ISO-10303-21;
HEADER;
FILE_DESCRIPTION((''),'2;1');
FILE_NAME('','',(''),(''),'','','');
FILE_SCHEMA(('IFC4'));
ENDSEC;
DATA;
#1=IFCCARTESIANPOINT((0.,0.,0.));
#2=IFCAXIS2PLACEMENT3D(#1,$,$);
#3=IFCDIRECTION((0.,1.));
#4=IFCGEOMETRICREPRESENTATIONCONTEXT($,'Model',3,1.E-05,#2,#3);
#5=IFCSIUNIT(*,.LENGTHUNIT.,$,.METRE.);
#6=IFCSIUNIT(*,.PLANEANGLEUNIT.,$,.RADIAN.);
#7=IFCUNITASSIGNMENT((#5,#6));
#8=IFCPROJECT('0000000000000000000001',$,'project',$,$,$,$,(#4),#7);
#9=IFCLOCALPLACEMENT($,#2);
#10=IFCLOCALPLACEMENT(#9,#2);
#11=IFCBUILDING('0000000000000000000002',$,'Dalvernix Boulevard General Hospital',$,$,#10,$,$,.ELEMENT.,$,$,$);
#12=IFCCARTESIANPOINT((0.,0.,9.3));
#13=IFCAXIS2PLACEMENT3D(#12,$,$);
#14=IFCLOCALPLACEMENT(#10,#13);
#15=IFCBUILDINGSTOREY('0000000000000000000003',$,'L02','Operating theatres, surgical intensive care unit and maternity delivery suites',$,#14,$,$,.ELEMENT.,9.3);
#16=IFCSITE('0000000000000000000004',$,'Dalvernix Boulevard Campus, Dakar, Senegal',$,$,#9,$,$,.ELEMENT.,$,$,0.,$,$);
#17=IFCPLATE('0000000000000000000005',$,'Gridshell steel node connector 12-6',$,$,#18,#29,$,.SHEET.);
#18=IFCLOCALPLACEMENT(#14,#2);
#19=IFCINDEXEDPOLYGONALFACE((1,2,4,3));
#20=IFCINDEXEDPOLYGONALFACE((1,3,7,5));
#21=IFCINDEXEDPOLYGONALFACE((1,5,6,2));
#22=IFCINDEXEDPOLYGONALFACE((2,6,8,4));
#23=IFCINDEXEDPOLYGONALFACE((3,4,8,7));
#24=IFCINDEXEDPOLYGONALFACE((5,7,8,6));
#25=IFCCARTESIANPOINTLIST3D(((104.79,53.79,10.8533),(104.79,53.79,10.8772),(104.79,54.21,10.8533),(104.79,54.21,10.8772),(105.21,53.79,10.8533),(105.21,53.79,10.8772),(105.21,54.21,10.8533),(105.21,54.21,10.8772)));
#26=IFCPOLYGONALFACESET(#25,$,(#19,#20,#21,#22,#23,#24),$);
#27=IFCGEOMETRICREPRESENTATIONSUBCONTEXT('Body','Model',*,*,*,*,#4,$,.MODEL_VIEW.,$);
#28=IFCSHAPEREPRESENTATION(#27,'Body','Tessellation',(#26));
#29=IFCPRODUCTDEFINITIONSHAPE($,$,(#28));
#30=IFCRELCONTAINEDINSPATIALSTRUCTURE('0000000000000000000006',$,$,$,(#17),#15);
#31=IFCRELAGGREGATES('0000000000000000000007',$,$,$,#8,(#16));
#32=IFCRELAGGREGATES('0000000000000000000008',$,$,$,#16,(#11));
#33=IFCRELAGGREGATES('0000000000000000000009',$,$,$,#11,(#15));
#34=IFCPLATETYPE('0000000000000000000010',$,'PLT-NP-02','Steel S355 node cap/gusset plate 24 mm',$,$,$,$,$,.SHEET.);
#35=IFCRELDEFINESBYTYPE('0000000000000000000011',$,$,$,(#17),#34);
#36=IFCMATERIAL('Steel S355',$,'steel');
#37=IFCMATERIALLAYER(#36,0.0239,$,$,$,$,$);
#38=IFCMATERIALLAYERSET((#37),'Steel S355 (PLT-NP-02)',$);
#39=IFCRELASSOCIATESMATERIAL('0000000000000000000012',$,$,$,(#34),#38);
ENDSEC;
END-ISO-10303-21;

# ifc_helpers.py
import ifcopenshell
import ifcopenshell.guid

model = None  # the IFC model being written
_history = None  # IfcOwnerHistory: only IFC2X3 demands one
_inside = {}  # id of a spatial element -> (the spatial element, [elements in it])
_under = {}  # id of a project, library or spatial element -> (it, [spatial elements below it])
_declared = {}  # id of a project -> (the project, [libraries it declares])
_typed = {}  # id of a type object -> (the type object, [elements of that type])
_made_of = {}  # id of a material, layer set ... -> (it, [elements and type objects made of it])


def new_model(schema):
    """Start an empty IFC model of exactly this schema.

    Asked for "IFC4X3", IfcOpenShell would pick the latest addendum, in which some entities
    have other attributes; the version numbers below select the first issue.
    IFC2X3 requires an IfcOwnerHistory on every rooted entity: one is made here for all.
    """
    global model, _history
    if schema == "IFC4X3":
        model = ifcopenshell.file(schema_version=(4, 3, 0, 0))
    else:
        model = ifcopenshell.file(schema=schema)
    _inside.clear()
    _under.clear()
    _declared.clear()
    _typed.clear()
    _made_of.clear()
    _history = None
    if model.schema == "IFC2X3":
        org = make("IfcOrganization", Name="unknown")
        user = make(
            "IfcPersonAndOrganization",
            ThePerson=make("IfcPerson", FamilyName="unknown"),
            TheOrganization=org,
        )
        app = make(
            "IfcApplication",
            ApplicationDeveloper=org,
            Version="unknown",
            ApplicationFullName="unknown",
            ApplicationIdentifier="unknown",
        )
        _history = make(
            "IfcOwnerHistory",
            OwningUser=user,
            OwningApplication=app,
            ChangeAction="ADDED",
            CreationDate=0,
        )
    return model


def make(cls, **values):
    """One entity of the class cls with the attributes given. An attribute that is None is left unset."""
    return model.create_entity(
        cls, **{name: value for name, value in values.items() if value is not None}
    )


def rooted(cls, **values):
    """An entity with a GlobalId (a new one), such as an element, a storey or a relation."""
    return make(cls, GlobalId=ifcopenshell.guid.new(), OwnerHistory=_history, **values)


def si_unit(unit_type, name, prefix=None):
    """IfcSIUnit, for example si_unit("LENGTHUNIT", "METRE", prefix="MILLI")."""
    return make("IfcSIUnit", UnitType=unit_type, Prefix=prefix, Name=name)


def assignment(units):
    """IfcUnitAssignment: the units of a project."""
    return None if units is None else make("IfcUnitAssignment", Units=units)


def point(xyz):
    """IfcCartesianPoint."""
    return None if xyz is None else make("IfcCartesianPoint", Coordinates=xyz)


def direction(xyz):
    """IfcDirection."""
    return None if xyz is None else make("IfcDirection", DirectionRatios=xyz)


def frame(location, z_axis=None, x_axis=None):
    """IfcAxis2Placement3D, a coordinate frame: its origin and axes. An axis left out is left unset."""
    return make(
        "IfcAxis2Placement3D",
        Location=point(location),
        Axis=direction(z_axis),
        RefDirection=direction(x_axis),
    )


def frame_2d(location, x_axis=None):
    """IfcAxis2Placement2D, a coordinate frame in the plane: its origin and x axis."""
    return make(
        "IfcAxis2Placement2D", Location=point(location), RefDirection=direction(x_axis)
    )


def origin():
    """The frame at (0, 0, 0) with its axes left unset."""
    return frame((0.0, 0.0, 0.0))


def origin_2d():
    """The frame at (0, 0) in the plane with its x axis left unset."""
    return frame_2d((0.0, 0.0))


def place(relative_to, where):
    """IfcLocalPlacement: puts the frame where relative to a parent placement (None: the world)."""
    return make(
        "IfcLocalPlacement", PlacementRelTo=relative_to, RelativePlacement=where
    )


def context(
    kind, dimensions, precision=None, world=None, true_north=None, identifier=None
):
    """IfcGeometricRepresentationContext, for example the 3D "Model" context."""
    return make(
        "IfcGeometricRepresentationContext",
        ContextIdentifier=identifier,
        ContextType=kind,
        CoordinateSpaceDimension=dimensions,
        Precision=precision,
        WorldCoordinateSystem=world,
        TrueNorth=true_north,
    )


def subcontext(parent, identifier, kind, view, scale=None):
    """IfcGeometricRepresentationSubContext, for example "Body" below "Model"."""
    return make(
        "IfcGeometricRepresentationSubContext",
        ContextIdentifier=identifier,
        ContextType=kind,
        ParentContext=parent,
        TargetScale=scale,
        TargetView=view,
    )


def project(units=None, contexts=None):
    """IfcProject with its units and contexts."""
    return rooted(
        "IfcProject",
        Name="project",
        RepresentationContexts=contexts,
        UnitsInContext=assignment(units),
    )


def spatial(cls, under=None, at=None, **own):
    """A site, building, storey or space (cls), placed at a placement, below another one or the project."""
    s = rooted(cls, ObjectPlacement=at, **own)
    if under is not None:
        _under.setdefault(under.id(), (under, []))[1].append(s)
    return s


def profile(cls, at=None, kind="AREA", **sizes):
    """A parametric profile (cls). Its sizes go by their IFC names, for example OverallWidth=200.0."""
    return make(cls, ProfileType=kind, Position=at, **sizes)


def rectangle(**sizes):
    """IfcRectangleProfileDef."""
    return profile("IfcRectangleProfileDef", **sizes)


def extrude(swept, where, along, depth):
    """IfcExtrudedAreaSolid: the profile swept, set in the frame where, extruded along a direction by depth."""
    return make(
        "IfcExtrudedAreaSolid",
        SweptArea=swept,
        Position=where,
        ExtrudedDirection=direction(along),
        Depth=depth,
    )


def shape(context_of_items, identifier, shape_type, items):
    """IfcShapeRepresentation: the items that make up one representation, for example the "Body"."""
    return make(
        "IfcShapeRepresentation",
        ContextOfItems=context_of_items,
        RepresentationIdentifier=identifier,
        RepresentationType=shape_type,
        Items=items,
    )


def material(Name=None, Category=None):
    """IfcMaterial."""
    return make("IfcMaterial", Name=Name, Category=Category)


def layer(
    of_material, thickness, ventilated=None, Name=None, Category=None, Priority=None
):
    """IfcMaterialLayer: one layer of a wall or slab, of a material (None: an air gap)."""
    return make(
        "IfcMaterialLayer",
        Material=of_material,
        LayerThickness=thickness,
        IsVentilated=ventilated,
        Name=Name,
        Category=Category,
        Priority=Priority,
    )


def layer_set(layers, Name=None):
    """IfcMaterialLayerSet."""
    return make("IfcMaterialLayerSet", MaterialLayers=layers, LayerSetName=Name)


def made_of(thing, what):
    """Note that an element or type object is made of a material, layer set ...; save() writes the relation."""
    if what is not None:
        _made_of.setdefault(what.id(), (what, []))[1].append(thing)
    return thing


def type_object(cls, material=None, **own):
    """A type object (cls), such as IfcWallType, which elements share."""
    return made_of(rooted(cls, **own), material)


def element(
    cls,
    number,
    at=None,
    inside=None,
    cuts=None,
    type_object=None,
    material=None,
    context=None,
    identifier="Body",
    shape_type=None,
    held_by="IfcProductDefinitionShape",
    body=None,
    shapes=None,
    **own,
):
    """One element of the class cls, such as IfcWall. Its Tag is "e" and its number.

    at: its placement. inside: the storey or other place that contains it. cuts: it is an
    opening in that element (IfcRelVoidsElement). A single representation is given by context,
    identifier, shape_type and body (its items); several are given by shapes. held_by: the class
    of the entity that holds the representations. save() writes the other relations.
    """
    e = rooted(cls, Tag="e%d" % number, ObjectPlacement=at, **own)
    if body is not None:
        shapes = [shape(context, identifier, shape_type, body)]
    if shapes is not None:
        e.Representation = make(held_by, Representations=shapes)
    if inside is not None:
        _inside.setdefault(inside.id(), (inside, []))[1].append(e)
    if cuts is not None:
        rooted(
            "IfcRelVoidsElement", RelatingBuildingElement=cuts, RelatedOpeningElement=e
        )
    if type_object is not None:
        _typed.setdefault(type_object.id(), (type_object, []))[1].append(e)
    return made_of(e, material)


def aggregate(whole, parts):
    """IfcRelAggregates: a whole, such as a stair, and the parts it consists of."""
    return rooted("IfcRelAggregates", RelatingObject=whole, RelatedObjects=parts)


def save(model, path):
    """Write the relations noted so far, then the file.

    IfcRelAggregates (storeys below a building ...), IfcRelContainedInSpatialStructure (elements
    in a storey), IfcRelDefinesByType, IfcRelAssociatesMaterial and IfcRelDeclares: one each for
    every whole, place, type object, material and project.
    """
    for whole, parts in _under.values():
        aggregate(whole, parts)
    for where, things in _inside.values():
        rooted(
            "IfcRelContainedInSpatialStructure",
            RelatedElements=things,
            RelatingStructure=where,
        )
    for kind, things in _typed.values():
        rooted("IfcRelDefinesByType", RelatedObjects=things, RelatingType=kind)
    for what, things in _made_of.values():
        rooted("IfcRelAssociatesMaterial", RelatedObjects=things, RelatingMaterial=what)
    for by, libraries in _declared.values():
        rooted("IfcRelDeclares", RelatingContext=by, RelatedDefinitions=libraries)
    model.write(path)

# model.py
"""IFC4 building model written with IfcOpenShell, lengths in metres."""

from ifc_helpers import new_model, si_unit, direction, frame, origin, origin_2d, place, context, subcontext, project, spatial, rectangle, extrude, material, layer, layer_set, type_object, element, save


model = new_model("IFC4")

# Units and contexts
model_context = context("Model", 3, precision=1e-05, world=origin(), true_north=direction((0.0, 1.0)))
body_context = subcontext(model_context, "Body", "Model", "MODEL_VIEW")
ifc_project = project(units=[si_unit("LENGTHUNIT", "METRE"), si_unit("PLANEANGLEUNIT", "RADIAN")], contexts=[model_context])

# Site, building, storey
site_placement = place(None, origin())
site = spatial("IfcSite", under=ifc_project, at=site_placement, Name="Dalvernix Boulevard Campus, Dakar, Senegal", CompositionType="ELEMENT", RefElevation=0.0)
building_placement = place(site_placement, origin())
building = spatial("IfcBuilding", under=site, at=building_placement, Name="Dalvernix Boulevard General Hospital", CompositionType="ELEMENT")
storey_placement = place(building_placement, frame((0.0, 0.0, 9.3)))
storey = spatial("IfcBuildingStorey", under=building, at=storey_placement, Name="L02", Description="Operating theatres, surgical intensive care unit and maternity delivery suites", CompositionType="ELEMENT", Elevation=9.3)

# Shared definitions
ifc_material_1 = material(Name="Steel S355", Category="steel")

# Plate
ifc_layer_1 = layer(ifc_material_1, 0.0239)
ifc_layer_set_1 = layer_set([ifc_layer_1], Name="Steel S355 (PLT-NP-02)")
plate_type_1 = type_object("IfcPlateType", Name="PLT-NP-02", Description="Steel S355 node cap/gusset plate 24 mm", PredefinedType="SHEET", material=ifc_layer_set_1)
plate_1_placement = place(storey_placement, frame((105.0, 54.0, 10.8533), z_axis=(0.0, 0.0, 1.0), x_axis=(1.0, 0.0, 0.0)))
element("IfcPlate", 1, at=plate_1_placement, inside=storey, type_object=plate_type_1, Name="Gridshell steel node connector 12-6", PredefinedType="SHEET", context=body_context, shape_type="SweptSolid", body=[
    extrude(rectangle(XDim=0.4199, YDim=0.4199, at=origin_2d()), origin(), (0.0, 0.0, 1.0), 0.0239),
])

save(model, "model.ifc")
